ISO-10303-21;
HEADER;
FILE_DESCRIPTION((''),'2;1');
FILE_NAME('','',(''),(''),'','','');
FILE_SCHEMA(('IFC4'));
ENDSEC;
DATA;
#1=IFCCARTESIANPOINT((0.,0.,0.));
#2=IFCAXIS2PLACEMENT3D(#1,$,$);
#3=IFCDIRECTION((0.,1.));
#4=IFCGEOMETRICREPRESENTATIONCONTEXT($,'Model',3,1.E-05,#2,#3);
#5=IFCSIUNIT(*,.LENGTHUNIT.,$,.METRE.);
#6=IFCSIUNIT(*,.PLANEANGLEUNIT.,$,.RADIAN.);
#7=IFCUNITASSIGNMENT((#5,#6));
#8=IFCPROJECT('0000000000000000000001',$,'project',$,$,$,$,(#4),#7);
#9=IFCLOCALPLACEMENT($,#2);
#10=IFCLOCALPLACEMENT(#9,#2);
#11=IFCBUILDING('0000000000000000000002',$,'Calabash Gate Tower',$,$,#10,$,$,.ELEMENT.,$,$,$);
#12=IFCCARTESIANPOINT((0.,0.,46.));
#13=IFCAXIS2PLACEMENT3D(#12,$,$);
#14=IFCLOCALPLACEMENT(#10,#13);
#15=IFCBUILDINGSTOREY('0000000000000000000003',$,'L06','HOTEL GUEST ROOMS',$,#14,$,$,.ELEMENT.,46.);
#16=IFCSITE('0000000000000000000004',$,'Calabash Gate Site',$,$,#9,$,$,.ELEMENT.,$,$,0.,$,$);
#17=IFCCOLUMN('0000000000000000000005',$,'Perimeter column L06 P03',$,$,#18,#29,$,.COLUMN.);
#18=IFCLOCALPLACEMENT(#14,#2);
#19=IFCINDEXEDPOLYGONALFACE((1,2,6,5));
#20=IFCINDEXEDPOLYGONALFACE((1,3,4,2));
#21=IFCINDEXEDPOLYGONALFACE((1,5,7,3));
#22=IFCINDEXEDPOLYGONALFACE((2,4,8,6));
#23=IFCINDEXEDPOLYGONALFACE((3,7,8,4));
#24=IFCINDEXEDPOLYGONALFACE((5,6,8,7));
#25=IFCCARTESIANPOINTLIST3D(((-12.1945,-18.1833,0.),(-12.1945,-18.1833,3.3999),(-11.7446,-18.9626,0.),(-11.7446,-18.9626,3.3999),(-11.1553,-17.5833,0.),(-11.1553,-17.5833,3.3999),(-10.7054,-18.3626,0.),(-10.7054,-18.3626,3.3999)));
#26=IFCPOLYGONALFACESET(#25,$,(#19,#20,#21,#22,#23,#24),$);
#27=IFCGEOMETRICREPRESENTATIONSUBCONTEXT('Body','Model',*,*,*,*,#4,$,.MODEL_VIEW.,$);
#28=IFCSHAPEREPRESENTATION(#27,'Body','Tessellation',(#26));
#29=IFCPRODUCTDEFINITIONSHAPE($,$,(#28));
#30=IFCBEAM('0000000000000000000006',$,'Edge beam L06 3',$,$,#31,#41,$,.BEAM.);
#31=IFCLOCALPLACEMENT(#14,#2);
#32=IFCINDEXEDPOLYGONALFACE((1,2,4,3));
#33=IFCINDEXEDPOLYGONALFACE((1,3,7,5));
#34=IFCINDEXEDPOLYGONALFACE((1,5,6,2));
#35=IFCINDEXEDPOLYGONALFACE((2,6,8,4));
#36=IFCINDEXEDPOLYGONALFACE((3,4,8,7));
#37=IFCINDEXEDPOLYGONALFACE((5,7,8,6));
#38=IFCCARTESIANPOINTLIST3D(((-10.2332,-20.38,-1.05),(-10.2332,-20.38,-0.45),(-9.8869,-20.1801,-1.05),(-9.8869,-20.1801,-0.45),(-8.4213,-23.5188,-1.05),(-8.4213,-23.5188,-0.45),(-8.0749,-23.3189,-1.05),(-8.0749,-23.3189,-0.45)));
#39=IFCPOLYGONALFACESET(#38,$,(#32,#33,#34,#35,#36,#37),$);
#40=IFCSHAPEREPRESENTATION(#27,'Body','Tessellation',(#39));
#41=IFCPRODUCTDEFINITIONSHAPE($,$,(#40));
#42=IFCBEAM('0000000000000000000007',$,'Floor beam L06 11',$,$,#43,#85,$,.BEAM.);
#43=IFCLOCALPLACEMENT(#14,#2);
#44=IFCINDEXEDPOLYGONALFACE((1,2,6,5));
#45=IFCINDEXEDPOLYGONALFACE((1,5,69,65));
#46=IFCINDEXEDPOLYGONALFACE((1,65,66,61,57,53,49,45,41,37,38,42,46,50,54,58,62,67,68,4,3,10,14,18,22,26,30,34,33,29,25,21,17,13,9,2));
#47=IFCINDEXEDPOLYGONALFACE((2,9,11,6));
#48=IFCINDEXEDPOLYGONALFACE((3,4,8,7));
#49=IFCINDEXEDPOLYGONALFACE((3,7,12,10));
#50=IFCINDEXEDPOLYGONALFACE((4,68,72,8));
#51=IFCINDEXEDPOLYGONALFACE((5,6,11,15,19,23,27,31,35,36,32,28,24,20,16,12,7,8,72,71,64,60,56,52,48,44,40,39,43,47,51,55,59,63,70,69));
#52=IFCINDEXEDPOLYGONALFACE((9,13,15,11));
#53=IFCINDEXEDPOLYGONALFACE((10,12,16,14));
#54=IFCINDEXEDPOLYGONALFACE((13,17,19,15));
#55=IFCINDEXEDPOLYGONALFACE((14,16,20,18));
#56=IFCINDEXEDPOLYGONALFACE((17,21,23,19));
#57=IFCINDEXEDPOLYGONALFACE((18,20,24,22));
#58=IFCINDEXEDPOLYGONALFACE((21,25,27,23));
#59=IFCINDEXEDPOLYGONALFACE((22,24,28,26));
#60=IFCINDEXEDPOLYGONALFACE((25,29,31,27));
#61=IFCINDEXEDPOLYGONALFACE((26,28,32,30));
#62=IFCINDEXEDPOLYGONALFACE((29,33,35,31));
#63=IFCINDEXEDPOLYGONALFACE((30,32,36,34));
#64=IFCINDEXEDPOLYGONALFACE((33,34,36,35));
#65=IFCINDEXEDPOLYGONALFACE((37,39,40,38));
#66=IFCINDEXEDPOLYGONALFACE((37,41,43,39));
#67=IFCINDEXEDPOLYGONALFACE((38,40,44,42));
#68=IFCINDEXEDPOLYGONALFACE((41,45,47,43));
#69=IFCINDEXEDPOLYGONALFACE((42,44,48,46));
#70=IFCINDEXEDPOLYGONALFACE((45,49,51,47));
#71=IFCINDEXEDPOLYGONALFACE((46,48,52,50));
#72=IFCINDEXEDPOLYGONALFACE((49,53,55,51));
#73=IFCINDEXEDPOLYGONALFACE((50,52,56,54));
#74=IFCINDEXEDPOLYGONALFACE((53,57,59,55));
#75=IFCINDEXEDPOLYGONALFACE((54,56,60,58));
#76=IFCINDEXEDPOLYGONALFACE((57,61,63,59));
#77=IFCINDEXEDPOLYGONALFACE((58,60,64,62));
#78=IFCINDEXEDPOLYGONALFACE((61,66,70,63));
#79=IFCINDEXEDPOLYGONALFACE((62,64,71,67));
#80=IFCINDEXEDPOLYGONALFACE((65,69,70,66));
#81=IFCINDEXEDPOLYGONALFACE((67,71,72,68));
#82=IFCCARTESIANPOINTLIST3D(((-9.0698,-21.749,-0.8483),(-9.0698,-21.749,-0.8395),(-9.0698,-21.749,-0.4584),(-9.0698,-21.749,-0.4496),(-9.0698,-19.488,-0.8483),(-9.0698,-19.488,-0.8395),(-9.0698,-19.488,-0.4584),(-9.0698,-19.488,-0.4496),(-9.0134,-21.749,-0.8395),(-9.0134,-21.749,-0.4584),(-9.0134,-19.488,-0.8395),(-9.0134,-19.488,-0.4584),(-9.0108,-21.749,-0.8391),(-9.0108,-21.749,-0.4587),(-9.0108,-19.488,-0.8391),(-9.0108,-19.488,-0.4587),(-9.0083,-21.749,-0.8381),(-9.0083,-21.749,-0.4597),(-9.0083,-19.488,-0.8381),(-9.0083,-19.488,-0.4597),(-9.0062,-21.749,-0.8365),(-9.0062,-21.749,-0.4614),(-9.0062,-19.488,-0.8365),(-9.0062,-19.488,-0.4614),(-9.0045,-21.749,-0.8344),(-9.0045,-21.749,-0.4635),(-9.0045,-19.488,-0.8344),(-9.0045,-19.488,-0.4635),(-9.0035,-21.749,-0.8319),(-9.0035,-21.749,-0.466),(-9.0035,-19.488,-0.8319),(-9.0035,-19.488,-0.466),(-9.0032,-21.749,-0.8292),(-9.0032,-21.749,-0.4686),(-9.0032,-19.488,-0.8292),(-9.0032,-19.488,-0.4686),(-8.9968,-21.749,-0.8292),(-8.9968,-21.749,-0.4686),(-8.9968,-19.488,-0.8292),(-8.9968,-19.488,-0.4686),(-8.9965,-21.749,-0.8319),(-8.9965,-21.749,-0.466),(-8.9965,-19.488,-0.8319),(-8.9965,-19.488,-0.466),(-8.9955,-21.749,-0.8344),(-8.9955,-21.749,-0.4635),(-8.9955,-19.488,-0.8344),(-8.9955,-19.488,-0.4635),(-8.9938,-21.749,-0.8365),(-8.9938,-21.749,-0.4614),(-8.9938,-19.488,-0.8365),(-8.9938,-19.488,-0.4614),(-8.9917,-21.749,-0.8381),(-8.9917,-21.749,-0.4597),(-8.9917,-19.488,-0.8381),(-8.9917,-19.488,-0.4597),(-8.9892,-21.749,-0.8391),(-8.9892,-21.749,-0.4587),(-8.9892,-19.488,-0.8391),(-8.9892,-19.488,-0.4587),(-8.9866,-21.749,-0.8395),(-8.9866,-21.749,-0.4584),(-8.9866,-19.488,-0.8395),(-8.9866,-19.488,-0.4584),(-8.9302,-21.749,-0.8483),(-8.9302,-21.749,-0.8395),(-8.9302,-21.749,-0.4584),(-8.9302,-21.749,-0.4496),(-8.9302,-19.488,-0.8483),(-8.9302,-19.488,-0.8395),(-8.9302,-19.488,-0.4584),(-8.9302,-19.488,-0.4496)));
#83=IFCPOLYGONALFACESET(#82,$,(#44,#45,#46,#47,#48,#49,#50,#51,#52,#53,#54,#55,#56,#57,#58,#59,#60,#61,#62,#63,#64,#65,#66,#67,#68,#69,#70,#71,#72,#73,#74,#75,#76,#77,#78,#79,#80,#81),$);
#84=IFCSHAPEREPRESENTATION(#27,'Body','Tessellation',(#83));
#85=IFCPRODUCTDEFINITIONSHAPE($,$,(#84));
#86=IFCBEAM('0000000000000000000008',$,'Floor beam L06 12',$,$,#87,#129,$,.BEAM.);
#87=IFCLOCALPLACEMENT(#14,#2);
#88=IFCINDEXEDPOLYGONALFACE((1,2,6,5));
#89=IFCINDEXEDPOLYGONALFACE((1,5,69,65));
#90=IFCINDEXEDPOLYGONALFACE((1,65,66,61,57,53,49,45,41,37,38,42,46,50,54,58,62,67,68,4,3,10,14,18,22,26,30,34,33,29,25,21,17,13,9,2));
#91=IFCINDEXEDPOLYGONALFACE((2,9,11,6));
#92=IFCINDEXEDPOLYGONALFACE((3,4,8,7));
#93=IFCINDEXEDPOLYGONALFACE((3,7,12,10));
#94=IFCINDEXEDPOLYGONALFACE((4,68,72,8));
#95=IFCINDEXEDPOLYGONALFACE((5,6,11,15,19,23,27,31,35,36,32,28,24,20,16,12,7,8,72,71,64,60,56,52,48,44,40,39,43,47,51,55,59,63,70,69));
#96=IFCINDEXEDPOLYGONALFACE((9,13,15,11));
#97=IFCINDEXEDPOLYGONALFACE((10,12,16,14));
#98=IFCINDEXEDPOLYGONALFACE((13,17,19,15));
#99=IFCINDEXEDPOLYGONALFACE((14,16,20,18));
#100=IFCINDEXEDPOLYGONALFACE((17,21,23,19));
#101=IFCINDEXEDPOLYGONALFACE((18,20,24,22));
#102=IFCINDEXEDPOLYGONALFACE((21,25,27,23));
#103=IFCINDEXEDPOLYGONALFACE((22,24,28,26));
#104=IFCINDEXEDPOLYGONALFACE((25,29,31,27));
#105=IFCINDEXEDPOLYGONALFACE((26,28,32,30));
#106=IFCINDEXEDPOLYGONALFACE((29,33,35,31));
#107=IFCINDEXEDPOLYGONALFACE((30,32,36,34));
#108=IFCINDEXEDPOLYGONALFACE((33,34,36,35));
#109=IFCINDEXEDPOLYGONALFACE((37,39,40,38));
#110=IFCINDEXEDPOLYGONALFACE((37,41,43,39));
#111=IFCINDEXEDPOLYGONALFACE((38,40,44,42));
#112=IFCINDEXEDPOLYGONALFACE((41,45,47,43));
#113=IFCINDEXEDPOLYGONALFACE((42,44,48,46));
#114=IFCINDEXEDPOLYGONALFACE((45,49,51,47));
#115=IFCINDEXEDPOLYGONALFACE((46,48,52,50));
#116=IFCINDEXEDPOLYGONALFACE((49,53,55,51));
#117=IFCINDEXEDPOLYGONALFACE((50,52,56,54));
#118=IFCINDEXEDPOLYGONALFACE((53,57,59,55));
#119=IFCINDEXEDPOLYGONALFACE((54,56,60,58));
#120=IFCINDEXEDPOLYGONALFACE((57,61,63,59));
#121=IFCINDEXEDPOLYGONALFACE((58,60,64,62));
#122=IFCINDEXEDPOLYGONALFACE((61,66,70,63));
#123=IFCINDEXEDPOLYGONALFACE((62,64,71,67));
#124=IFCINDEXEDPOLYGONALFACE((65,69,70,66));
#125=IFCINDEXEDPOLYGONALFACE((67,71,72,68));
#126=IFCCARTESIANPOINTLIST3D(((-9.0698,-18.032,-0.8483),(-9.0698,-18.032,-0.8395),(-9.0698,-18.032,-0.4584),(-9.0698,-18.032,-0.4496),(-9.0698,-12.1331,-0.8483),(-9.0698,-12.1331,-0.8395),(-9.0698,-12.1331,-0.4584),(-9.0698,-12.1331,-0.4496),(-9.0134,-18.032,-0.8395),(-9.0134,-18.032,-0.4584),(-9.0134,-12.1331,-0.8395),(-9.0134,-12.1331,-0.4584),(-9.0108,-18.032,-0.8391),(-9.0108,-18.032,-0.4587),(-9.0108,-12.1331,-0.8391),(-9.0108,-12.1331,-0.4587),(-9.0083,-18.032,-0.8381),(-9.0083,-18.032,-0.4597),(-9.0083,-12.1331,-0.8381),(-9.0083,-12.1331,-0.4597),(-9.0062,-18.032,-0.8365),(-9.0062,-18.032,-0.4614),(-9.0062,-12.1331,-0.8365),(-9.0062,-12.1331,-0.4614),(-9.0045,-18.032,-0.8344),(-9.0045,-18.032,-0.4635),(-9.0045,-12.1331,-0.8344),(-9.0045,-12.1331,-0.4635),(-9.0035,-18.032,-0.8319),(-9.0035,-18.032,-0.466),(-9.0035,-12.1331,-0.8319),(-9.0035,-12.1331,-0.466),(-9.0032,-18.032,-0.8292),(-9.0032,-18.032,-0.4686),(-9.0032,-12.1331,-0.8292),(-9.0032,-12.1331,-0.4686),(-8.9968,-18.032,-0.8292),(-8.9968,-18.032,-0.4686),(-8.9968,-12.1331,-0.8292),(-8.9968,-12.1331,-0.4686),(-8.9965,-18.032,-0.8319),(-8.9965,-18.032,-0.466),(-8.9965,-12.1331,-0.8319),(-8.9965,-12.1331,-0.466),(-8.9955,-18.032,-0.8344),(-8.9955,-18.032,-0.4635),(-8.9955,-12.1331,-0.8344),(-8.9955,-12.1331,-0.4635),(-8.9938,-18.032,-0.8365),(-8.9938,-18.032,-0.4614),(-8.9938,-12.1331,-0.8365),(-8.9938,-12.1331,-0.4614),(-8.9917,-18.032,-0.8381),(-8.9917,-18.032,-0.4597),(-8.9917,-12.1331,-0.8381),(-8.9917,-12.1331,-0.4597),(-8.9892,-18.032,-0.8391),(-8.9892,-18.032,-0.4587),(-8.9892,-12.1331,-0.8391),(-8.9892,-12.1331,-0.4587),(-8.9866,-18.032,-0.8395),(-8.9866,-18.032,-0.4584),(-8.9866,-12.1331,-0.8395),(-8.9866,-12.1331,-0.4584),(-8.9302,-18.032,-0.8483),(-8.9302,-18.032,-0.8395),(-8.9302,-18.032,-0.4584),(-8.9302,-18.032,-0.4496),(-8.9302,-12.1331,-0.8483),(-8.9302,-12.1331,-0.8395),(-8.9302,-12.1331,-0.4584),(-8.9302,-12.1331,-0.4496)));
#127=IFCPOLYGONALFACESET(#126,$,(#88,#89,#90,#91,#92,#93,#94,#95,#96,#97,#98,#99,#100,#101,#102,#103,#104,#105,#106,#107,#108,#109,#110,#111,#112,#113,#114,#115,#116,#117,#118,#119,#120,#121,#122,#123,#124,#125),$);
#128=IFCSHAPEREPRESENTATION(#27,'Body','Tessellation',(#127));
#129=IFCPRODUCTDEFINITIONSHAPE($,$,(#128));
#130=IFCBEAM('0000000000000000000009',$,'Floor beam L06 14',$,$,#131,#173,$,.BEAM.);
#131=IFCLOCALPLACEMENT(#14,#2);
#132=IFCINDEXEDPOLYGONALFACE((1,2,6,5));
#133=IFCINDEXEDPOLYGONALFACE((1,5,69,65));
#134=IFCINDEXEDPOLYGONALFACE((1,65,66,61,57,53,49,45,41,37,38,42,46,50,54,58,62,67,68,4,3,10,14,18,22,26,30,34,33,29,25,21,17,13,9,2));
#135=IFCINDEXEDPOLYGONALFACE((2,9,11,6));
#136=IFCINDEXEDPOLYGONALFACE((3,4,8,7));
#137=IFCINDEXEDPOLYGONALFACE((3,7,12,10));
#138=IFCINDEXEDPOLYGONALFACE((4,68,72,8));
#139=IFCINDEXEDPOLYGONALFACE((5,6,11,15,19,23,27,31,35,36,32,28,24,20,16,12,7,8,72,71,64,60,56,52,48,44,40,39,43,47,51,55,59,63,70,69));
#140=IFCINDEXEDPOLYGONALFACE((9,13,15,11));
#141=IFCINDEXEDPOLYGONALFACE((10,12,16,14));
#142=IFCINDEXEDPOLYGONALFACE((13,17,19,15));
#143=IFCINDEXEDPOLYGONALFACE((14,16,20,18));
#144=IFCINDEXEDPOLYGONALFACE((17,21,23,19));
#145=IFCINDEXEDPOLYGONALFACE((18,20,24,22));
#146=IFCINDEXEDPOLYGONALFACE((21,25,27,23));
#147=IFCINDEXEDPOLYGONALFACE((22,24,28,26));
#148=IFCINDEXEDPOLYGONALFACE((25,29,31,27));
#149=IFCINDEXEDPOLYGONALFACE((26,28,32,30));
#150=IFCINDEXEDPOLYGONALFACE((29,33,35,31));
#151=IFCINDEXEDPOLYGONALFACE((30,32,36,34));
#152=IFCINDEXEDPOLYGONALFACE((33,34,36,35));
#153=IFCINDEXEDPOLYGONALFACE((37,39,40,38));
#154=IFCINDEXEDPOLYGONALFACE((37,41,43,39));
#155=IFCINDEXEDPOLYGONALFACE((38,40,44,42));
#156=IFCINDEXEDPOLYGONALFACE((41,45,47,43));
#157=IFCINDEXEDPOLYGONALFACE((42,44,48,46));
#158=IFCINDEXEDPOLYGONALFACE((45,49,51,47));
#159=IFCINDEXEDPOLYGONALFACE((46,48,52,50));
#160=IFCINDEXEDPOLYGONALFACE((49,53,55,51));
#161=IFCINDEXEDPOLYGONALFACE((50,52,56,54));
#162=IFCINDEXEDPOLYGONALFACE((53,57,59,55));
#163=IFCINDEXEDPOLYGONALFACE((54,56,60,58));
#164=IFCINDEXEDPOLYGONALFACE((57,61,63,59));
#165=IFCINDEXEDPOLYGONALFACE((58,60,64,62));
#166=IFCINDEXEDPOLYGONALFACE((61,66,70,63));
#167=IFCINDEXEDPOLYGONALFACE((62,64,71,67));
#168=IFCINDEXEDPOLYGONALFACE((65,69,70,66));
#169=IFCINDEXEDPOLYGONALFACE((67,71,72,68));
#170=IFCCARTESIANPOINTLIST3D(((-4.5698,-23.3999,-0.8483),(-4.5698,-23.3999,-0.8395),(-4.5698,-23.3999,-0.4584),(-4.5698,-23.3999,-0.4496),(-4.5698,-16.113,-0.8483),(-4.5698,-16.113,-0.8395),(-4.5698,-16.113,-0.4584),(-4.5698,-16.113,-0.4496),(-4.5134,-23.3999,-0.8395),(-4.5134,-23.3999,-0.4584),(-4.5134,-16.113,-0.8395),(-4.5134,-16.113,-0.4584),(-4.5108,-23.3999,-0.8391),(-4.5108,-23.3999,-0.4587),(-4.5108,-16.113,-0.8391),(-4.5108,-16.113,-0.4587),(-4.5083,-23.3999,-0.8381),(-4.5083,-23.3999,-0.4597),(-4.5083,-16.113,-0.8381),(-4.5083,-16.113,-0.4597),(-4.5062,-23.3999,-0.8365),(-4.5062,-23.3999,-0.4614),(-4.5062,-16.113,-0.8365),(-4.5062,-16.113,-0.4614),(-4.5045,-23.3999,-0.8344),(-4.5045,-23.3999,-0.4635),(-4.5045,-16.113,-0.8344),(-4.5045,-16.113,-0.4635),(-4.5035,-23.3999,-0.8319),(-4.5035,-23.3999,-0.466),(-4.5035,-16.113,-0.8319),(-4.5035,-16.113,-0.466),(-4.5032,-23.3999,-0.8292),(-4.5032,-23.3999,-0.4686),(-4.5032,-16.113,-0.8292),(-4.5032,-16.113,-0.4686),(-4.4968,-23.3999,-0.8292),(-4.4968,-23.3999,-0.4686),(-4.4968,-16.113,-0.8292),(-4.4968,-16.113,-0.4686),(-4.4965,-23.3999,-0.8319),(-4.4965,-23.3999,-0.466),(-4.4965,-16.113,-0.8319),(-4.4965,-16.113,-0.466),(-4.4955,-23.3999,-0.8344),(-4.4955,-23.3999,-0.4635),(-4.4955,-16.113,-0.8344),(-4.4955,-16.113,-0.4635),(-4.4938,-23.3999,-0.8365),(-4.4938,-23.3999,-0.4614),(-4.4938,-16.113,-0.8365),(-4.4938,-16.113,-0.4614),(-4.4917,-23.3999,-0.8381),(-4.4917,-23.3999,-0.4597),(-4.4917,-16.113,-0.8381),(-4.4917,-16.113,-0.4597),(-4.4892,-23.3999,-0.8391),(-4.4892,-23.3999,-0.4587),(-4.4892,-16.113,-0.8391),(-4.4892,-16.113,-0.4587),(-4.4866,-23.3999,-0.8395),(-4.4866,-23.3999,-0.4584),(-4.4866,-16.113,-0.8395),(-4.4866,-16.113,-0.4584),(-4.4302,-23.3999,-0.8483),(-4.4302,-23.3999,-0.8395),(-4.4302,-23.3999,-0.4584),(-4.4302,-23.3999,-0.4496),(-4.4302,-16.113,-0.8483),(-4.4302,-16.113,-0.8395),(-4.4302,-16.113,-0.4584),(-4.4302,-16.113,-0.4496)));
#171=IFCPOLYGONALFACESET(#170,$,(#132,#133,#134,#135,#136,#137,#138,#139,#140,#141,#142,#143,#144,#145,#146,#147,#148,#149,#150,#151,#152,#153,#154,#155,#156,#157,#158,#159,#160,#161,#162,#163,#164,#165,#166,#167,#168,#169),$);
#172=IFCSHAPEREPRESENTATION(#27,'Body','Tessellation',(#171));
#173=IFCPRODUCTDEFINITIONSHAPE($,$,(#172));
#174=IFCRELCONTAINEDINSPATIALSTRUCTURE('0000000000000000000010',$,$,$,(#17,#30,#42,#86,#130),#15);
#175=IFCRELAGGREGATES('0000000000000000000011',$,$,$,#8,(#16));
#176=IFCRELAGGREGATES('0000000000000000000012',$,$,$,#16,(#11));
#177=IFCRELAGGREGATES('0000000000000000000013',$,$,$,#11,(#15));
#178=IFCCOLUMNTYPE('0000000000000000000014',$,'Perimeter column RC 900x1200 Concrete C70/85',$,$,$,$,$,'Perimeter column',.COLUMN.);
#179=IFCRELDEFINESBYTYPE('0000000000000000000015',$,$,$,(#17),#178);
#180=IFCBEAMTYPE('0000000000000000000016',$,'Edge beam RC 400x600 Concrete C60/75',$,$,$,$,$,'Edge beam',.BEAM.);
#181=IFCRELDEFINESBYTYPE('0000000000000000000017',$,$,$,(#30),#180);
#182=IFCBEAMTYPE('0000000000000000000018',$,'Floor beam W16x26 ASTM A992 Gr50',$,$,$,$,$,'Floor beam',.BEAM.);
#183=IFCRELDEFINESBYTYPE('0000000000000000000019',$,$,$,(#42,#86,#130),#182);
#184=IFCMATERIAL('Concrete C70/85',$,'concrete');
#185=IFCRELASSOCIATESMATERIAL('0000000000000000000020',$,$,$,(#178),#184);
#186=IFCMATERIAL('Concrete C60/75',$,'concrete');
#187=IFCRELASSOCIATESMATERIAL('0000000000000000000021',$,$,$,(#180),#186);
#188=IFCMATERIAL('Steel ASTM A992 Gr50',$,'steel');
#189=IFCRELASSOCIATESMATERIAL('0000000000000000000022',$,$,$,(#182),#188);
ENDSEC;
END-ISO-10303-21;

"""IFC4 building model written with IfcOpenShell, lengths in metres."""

from ifc_helpers import new_model, si_unit, direction, frame, origin, origin_2d, place, context, subcontext, project, spatial, rectangle, i_section, extrude, material, material_profile, profile_set, type_object, element, save


model = new_model("IFC4")

# Units and contexts
model_context = context("Model", 3, precision=1e-05, world=origin(), true_north=direction((0.0, 1.0)))
body_context = subcontext(model_context, "Body", "Model", "MODEL_VIEW")
ifc_project = project(units=[si_unit("LENGTHUNIT", "METRE"), si_unit("PLANEANGLEUNIT", "RADIAN")], contexts=[model_context])

# Site, building, storey
site_placement = place(None, origin())
site = spatial("IfcSite", under=ifc_project, at=site_placement, Name="Calabash Gate Site", CompositionType="ELEMENT", RefElevation=0.0)
building_placement = place(site_placement, origin())
building = spatial("IfcBuilding", under=site, at=building_placement, Name="Calabash Gate Tower", CompositionType="ELEMENT")
storey_placement = place(building_placement, frame((0.0, 0.0, 46.0)))
storey = spatial("IfcBuildingStorey", under=building, at=storey_placement, Name="L06", Description="HOTEL GUEST ROOMS", CompositionType="ELEMENT", Elevation=46.0)

# Column
ifc_material_1 = material(Name="Concrete C70/85", Category="concrete")
ifc_material_profile_1 = material_profile(ifc_material_1, rectangle(XDim=0.8999, YDim=1.2, at=origin_2d()))
ifc_profile_set_1 = profile_set([ifc_material_profile_1], Name="Concrete C70/85")
column_type = type_object("IfcColumnType", Name="Perimeter column RC 900x1200 Concrete C70/85", ElementType="Perimeter column", PredefinedType="COLUMN", material=ifc_profile_set_1)
column_placement = place(storey_placement, frame((-11.45, -18.2729, 0.0), z_axis=(0.0, 0.0, 1.0), x_axis=(0.5, -0.866025, 0.0)))
element("IfcColumn", 1, at=column_placement, inside=storey, type_object=column_type, Name="Perimeter column L06 P03", PredefinedType="COLUMN", context=body_context, shape_type="SweptSolid", body=[
    extrude(rectangle(XDim=0.8999, YDim=1.2, at=origin_2d()), origin(), (0.0, 0.0, 1.0), 3.3999),
])

# Beams
ifc_material_2 = material(Name="Concrete C60/75", Category="concrete")
ifc_material_profile_2 = material_profile(ifc_material_2, rectangle(XDim=0.3999, YDim=0.6001, at=origin_2d()))
ifc_profile_set_2 = profile_set([ifc_material_profile_2], Name="Concrete C60/75")
beam_type_1 = type_object("IfcBeamType", Name="Edge beam RC 400x600 Concrete C60/75", ElementType="Edge beam", PredefinedType="BEAM", material=ifc_profile_set_2)
beam_1_placement = place(storey_placement, frame((-10.0601, -20.28, -0.75), z_axis=(0.49995, -0.866054, 0.0), x_axis=(0.866054, 0.49995, 0.0)))
element("IfcBeam", 2, at=beam_1_placement, inside=storey, type_object=beam_type_1, Name="Edge beam L06 3", PredefinedType="BEAM", context=body_context, shape_type="SweptSolid", body=[
    extrude(rectangle(XDim=0.3999, YDim=0.6001, at=origin_2d()), origin(), (0.0, 0.0, 1.0), 3.6243),
])
ifc_material_3 = material(Name="Steel ASTM A992 Gr50", Category="steel")
ifc_material_profile_3 = material_profile(ifc_material_3, i_section(OverallWidth=0.1396, OverallDepth=0.3987, WebThickness=0.0063, FlangeThickness=0.0088, FilletRadius=0.0103, at=origin_2d()))
ifc_profile_set_3 = profile_set([ifc_material_profile_3], Name="Steel ASTM A992 Gr50")
beam_type_2 = type_object("IfcBeamType", Name="Floor beam W16x26 ASTM A992 Gr50", ElementType="Floor beam", PredefinedType="BEAM", material=ifc_profile_set_3)
beam_2_placement = place(storey_placement, frame((-9.0, -21.749, -0.6489), z_axis=(0.0, 1.0, 0.0), x_axis=(-1.0, 0.0, 0.0)))
element("IfcBeam", 3, at=beam_2_placement, inside=storey, type_object=beam_type_2, Name="Floor beam L06 11", PredefinedType="BEAM", context=body_context, shape_type="SweptSolid", body=[
    extrude(i_section(OverallWidth=0.1396, OverallDepth=0.3987, WebThickness=0.0063, FlangeThickness=0.0088, FilletRadius=0.0103, at=origin_2d()), origin(), (0.0, 0.0, 1.0), 2.261),
])
beam_3_placement = place(storey_placement, frame((-9.0, -18.032, -0.6489), z_axis=(0.0, 1.0, 0.0), x_axis=(-1.0, 0.0, 0.0)))
element("IfcBeam", 4, at=beam_3_placement, inside=storey, type_object=beam_type_2, Name="Floor beam L06 12", PredefinedType="BEAM", context=body_context, shape_type="SweptSolid", body=[
    extrude(i_section(OverallWidth=0.1396, OverallDepth=0.3987, WebThickness=0.0063, FlangeThickness=0.0088, FilletRadius=0.0103, at=origin_2d()), origin(), (0.0, 0.0, 1.0), 5.8989),
])
beam_4_placement = place(storey_placement, frame((-4.5, -23.3999, -0.6489), z_axis=(0.0, 1.0, 0.0), x_axis=(-1.0, 0.0, 0.0)))
element("IfcBeam", 5, at=beam_4_placement, inside=storey, type_object=beam_type_2, Name="Floor beam L06 14", PredefinedType="BEAM", context=body_context, shape_type="SweptSolid", body=[
    extrude(i_section(OverallWidth=0.1396, OverallDepth=0.3987, WebThickness=0.0063, FlangeThickness=0.0088, FilletRadius=0.0103, at=origin_2d()), origin(), (0.0, 0.0, 1.0), 7.2869),
])

save(model, "model.ifc")
